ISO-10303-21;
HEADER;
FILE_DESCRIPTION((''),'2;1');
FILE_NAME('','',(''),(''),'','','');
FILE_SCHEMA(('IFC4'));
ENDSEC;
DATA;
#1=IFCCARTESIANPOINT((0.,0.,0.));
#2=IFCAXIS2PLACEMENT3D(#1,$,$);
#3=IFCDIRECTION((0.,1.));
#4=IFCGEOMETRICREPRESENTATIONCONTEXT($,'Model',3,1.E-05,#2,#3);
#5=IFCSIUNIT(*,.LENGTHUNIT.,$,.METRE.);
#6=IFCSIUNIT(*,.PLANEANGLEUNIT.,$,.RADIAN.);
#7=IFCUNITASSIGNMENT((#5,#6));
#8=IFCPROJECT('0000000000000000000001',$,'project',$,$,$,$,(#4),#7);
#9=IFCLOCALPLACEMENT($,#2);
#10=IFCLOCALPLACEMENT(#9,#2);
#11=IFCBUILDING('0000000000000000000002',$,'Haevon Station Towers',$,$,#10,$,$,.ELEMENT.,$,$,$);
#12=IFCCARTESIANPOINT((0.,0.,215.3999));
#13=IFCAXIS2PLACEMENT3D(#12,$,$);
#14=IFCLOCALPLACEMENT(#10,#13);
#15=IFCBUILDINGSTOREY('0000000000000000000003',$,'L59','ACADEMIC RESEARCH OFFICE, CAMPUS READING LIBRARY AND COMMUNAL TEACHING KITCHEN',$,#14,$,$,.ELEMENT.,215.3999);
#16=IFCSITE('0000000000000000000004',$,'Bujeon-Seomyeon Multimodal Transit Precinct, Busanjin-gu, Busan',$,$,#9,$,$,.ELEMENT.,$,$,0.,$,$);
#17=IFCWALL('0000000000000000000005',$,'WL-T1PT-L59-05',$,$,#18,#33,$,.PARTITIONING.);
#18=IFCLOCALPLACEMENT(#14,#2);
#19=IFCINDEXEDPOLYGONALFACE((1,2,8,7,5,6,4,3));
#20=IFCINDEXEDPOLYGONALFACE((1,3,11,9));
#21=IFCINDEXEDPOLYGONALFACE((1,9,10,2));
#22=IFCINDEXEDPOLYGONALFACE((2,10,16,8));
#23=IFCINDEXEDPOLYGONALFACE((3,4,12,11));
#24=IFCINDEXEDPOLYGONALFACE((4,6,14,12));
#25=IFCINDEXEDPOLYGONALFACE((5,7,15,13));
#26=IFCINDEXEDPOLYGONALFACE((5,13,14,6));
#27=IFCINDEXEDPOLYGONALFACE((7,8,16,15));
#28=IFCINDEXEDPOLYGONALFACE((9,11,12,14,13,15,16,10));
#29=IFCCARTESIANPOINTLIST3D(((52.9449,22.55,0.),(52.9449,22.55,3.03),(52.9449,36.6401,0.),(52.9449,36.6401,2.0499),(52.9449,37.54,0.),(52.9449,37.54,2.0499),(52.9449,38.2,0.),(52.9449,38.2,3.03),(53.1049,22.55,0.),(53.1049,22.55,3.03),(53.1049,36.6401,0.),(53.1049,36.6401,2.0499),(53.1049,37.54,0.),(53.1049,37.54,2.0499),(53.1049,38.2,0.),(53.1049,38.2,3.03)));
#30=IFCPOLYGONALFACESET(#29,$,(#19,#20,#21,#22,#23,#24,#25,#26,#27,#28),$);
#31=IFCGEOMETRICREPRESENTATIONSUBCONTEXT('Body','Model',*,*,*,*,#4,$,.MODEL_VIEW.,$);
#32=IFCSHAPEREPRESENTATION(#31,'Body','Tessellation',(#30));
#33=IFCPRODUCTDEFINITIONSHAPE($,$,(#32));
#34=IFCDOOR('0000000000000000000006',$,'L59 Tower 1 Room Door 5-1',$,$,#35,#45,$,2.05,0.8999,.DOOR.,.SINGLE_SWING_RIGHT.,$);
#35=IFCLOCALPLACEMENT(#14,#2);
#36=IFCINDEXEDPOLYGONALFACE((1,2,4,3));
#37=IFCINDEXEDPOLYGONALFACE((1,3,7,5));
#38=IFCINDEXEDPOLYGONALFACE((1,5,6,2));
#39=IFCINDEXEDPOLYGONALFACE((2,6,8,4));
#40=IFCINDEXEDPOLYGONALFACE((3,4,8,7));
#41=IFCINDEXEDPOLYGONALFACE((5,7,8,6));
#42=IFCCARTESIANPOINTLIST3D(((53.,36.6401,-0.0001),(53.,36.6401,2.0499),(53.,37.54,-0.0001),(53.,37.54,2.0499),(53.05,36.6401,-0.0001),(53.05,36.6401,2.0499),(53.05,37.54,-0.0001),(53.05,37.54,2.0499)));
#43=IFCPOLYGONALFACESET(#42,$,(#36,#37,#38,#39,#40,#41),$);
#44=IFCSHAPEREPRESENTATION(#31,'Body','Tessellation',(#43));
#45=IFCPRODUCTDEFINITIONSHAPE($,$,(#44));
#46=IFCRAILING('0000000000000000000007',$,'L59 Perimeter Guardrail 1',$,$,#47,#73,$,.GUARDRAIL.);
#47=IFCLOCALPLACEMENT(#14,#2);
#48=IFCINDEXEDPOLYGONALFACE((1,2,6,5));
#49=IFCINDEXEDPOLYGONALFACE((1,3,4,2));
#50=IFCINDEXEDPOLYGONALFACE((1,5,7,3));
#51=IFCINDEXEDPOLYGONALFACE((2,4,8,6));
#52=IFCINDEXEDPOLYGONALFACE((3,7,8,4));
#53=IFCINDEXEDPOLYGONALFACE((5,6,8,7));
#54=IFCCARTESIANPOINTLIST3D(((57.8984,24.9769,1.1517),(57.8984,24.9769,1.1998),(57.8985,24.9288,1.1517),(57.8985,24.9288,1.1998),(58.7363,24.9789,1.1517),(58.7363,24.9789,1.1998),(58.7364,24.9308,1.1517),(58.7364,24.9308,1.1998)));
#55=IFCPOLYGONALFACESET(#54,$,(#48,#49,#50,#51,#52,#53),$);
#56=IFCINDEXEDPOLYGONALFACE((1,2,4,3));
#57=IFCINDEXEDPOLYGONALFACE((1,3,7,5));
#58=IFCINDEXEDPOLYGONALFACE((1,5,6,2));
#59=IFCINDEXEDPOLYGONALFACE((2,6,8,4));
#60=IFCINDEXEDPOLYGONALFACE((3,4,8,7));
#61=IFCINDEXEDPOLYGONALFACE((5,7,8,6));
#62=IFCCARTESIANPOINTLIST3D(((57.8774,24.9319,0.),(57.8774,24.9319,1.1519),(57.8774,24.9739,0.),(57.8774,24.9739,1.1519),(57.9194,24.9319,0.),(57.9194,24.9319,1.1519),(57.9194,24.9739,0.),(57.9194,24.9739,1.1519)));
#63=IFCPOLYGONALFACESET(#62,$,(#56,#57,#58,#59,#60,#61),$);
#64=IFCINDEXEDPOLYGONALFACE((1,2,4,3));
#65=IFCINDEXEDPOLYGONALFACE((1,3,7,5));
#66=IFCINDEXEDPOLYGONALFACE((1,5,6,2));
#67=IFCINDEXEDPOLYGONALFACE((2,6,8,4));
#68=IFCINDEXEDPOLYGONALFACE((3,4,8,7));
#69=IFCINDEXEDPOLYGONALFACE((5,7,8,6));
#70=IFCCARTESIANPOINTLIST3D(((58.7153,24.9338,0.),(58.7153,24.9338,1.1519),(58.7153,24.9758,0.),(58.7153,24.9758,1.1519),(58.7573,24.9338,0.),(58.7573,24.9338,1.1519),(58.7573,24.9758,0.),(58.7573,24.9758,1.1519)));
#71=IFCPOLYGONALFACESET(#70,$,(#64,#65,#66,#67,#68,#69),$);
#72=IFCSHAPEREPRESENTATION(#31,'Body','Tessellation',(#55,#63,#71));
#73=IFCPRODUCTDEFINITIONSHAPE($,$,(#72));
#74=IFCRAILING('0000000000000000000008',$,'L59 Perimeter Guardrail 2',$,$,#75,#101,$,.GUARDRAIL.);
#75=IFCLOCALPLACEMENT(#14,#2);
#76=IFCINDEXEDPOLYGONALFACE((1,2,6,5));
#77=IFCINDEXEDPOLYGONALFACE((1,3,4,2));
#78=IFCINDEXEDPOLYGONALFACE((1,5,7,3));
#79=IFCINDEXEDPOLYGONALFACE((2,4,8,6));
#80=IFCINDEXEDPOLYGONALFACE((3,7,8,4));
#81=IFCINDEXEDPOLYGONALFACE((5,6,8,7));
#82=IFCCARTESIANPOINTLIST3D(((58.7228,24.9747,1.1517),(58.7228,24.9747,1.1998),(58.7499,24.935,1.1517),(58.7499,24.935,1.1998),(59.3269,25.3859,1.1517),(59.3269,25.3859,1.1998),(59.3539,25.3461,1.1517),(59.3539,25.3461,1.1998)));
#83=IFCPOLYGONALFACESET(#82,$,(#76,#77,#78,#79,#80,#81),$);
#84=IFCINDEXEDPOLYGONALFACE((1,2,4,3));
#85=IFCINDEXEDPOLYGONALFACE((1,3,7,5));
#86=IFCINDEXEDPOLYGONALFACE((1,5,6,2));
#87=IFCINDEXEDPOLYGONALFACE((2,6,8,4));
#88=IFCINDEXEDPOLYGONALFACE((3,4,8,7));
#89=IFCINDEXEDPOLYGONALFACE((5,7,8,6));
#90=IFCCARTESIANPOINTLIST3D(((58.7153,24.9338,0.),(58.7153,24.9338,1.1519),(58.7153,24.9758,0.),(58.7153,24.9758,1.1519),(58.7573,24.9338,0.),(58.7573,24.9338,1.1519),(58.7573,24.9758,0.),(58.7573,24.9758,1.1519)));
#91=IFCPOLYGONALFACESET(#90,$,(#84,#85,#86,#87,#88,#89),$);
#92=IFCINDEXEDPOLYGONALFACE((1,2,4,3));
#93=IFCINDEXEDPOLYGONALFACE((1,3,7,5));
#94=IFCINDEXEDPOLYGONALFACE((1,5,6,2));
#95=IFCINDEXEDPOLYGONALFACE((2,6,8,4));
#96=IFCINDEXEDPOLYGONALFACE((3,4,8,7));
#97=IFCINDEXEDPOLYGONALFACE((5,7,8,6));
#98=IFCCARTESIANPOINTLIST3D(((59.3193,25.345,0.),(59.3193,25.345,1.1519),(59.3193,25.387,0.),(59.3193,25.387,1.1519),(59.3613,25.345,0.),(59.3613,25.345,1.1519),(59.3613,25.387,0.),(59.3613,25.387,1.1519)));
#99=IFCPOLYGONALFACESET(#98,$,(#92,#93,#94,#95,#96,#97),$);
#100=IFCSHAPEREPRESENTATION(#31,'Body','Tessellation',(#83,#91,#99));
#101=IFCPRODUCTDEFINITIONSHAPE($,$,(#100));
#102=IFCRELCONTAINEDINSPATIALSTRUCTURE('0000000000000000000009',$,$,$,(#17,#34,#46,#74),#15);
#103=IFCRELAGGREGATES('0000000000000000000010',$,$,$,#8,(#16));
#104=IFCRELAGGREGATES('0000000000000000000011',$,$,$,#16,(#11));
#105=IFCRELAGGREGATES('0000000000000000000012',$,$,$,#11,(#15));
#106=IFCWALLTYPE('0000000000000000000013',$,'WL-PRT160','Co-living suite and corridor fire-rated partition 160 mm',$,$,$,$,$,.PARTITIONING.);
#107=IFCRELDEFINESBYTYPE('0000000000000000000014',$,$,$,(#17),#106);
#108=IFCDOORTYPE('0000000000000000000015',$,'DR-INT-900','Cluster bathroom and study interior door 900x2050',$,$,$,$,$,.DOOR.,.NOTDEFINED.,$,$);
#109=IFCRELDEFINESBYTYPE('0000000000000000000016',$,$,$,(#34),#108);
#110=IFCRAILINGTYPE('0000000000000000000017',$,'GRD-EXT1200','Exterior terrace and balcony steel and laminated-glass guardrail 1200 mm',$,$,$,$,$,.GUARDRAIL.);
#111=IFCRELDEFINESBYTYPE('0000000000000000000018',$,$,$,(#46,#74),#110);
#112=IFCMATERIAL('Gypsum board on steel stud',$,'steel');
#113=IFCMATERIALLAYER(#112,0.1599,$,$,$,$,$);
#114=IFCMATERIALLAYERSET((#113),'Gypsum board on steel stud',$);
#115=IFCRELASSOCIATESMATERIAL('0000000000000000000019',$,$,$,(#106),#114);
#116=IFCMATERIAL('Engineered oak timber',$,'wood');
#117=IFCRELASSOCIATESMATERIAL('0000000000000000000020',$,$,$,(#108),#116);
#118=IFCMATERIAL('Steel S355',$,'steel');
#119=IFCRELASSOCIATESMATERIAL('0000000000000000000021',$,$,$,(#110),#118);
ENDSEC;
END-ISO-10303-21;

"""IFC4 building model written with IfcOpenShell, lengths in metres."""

from ifc_helpers import new_model, si_unit, direction, frame, frame_2d, origin, origin_2d, place, context, subcontext, project, spatial, rectangle, extrude, material, layer, layer_set, type_object, element, fill, save


model = new_model("IFC4")

# Units and contexts
model_context = context("Model", 3, precision=1e-05, world=origin(), true_north=direction((0.0, 1.0)))
body_context = subcontext(model_context, "Body", "Model", "MODEL_VIEW")
ifc_project = project(units=[si_unit("LENGTHUNIT", "METRE"), si_unit("PLANEANGLEUNIT", "RADIAN")], contexts=[model_context])

# Site, building, storey
site_placement = place(None, origin())
site = spatial("IfcSite", under=ifc_project, at=site_placement, Name="Bujeon-Seomyeon Multimodal Transit Precinct, Busanjin-gu, Busan", CompositionType="ELEMENT", RefElevation=0.0)
building_placement = place(site_placement, origin())
building = spatial("IfcBuilding", under=site, at=building_placement, Name="Haevon Station Towers", CompositionType="ELEMENT")
storey_placement = place(building_placement, frame((0.0, 0.0, 215.3999)))
storey = spatial("IfcBuildingStorey", under=building, at=storey_placement, Name="L59", Description="ACADEMIC RESEARCH OFFICE, CAMPUS READING LIBRARY AND COMMUNAL TEACHING KITCHEN", CompositionType="ELEMENT", Elevation=215.3999)

# Shared definitions
ifc_material_1 = material(Name="Steel S355", Category="steel")

# Shared definitions
ifc_material_2 = material(Name="Gypsum board on steel stud", Category="steel")

# Wall, opening, door
ifc_layer_1 = layer(ifc_material_2, 0.1599)
ifc_layer_set_1 = layer_set([ifc_layer_1], Name="Gypsum board on steel stud")
wall_type_1 = type_object("IfcWallType", Name="WL-PRT160", Description="Co-living suite and corridor fire-rated partition 160 mm", PredefinedType="PARTITIONING", material=ifc_layer_set_1)
wall_1_placement = place(storey_placement, frame((53.0249, 22.55, 0.0), z_axis=(0.0, 0.0, 1.0), x_axis=(0.0, 1.0, 0.0)))
wall_1 = element("IfcWall", 1, at=wall_1_placement, inside=storey, type_object=wall_type_1, Name="WL-T1PT-L59-05", PredefinedType="PARTITIONING", context=body_context, shape_type="SweptSolid", body=[
    extrude(rectangle(XDim=15.6499, YDim=0.1599, at=frame_2d((7.825, 0.0))), origin(), (0.0, 0.0, 1.0), 3.03),
])
opening_1_placement = place(wall_1_placement, frame((14.0901, 0.0, 0.0)))
opening_1 = element("IfcOpeningElement", 2, at=opening_1_placement, cuts=wall_1, PredefinedType="OPENING", context=body_context, shape_type="SweptSolid", body=[
    extrude(rectangle(XDim=0.8999, YDim=2.05, at=frame_2d((0.45, 1.0249))), frame((0.0, 0.0898, 0.0), z_axis=(0.0, -1.0, 0.0), x_axis=(1.0, 0.0, 0.0)), (0.0, 0.0, 1.0), 0.1799),
])
ifc_material_3 = material(Name="Engineered oak timber", Category="wood")
door_type = type_object("IfcDoorType", Name="DR-INT-900", Description="Cluster bathroom and study interior door 900x2050", OperationType="NOTDEFINED", PredefinedType="DOOR", material=ifc_material_3)
door_placement = place(opening_1_placement, origin())
door = element("IfcDoor", 3, at=door_placement, inside=storey, type_object=door_type, Name="L59 Tower 1 Room Door 5-1", OperationType="SINGLE_SWING_RIGHT", OverallHeight=2.05, OverallWidth=0.8999, PredefinedType="DOOR", context=body_context, shape_type="SweptSolid", body=[
    extrude(rectangle(XDim=0.8999, YDim=2.05, at=frame_2d((0.45, 1.0249))), frame((0.0, 0.0249, 0.0), z_axis=(0.0, -1.0, 0.0), x_axis=(1.0, 0.0, 0.0)), (0.0, 0.0, 1.0), 0.05),
])
fill(opening_1, door)

# Railings
railing_type = type_object("IfcRailingType", Name="GRD-EXT1200", Description="Exterior terrace and balcony steel and laminated-glass guardrail 1200 mm", PredefinedType="GUARDRAIL", material=ifc_material_1)
railing_1_placement = place(storey_placement, frame((57.8984, 24.9529, 0.0)))
element("IfcRailing", 4, at=railing_1_placement, inside=storey, type_object=railing_type, Name="L59 Perimeter Guardrail 1", PredefinedType="GUARDRAIL", context=body_context, shape_type="SweptSolid", body=[
    extrude(rectangle(XDim=0.0481, YDim=0.0481, at=origin_2d()), frame((0.0, 0.0, 1.1758), z_axis=(0.999997, 0.002331, 0.0), x_axis=(-0.002331, 0.999997, 0.0)), (0.0, 0.0, 1.0), 0.8379),
    extrude(rectangle(XDim=0.042, YDim=0.042, at=origin_2d()), origin(), (0.0, 0.0, 1.0), 1.1519),
    extrude(rectangle(XDim=0.042, YDim=0.042, at=origin_2d()), frame((0.8379, 0.002, 0.0)), (0.0, 0.0, 1.0), 1.1519),
])
railing_2_placement = place(storey_placement, frame((58.7363, 24.9548, 0.0)))
element("IfcRailing", 5, at=railing_2_placement, inside=storey, type_object=railing_type, Name="L59 Perimeter Guardrail 2", PredefinedType="GUARDRAIL", context=body_context, shape_type="SweptSolid", body=[
    extrude(rectangle(XDim=0.0481, YDim=0.0481, at=origin_2d()), frame((0.0, 0.0, 1.1758), z_axis=(0.826665, 0.562694, 0.0), x_axis=(-0.562694, 0.826665, 0.0)), (0.0, 0.0, 1.0), 0.7307),
    extrude(rectangle(XDim=0.042, YDim=0.042, at=origin_2d()), origin(), (0.0, 0.0, 1.0), 1.1519),
    extrude(rectangle(XDim=0.042, YDim=0.042, at=origin_2d()), frame((0.604, 0.4111, 0.0)), (0.0, 0.0, 1.0), 1.1519),
])

save(model, "model.ifc")
